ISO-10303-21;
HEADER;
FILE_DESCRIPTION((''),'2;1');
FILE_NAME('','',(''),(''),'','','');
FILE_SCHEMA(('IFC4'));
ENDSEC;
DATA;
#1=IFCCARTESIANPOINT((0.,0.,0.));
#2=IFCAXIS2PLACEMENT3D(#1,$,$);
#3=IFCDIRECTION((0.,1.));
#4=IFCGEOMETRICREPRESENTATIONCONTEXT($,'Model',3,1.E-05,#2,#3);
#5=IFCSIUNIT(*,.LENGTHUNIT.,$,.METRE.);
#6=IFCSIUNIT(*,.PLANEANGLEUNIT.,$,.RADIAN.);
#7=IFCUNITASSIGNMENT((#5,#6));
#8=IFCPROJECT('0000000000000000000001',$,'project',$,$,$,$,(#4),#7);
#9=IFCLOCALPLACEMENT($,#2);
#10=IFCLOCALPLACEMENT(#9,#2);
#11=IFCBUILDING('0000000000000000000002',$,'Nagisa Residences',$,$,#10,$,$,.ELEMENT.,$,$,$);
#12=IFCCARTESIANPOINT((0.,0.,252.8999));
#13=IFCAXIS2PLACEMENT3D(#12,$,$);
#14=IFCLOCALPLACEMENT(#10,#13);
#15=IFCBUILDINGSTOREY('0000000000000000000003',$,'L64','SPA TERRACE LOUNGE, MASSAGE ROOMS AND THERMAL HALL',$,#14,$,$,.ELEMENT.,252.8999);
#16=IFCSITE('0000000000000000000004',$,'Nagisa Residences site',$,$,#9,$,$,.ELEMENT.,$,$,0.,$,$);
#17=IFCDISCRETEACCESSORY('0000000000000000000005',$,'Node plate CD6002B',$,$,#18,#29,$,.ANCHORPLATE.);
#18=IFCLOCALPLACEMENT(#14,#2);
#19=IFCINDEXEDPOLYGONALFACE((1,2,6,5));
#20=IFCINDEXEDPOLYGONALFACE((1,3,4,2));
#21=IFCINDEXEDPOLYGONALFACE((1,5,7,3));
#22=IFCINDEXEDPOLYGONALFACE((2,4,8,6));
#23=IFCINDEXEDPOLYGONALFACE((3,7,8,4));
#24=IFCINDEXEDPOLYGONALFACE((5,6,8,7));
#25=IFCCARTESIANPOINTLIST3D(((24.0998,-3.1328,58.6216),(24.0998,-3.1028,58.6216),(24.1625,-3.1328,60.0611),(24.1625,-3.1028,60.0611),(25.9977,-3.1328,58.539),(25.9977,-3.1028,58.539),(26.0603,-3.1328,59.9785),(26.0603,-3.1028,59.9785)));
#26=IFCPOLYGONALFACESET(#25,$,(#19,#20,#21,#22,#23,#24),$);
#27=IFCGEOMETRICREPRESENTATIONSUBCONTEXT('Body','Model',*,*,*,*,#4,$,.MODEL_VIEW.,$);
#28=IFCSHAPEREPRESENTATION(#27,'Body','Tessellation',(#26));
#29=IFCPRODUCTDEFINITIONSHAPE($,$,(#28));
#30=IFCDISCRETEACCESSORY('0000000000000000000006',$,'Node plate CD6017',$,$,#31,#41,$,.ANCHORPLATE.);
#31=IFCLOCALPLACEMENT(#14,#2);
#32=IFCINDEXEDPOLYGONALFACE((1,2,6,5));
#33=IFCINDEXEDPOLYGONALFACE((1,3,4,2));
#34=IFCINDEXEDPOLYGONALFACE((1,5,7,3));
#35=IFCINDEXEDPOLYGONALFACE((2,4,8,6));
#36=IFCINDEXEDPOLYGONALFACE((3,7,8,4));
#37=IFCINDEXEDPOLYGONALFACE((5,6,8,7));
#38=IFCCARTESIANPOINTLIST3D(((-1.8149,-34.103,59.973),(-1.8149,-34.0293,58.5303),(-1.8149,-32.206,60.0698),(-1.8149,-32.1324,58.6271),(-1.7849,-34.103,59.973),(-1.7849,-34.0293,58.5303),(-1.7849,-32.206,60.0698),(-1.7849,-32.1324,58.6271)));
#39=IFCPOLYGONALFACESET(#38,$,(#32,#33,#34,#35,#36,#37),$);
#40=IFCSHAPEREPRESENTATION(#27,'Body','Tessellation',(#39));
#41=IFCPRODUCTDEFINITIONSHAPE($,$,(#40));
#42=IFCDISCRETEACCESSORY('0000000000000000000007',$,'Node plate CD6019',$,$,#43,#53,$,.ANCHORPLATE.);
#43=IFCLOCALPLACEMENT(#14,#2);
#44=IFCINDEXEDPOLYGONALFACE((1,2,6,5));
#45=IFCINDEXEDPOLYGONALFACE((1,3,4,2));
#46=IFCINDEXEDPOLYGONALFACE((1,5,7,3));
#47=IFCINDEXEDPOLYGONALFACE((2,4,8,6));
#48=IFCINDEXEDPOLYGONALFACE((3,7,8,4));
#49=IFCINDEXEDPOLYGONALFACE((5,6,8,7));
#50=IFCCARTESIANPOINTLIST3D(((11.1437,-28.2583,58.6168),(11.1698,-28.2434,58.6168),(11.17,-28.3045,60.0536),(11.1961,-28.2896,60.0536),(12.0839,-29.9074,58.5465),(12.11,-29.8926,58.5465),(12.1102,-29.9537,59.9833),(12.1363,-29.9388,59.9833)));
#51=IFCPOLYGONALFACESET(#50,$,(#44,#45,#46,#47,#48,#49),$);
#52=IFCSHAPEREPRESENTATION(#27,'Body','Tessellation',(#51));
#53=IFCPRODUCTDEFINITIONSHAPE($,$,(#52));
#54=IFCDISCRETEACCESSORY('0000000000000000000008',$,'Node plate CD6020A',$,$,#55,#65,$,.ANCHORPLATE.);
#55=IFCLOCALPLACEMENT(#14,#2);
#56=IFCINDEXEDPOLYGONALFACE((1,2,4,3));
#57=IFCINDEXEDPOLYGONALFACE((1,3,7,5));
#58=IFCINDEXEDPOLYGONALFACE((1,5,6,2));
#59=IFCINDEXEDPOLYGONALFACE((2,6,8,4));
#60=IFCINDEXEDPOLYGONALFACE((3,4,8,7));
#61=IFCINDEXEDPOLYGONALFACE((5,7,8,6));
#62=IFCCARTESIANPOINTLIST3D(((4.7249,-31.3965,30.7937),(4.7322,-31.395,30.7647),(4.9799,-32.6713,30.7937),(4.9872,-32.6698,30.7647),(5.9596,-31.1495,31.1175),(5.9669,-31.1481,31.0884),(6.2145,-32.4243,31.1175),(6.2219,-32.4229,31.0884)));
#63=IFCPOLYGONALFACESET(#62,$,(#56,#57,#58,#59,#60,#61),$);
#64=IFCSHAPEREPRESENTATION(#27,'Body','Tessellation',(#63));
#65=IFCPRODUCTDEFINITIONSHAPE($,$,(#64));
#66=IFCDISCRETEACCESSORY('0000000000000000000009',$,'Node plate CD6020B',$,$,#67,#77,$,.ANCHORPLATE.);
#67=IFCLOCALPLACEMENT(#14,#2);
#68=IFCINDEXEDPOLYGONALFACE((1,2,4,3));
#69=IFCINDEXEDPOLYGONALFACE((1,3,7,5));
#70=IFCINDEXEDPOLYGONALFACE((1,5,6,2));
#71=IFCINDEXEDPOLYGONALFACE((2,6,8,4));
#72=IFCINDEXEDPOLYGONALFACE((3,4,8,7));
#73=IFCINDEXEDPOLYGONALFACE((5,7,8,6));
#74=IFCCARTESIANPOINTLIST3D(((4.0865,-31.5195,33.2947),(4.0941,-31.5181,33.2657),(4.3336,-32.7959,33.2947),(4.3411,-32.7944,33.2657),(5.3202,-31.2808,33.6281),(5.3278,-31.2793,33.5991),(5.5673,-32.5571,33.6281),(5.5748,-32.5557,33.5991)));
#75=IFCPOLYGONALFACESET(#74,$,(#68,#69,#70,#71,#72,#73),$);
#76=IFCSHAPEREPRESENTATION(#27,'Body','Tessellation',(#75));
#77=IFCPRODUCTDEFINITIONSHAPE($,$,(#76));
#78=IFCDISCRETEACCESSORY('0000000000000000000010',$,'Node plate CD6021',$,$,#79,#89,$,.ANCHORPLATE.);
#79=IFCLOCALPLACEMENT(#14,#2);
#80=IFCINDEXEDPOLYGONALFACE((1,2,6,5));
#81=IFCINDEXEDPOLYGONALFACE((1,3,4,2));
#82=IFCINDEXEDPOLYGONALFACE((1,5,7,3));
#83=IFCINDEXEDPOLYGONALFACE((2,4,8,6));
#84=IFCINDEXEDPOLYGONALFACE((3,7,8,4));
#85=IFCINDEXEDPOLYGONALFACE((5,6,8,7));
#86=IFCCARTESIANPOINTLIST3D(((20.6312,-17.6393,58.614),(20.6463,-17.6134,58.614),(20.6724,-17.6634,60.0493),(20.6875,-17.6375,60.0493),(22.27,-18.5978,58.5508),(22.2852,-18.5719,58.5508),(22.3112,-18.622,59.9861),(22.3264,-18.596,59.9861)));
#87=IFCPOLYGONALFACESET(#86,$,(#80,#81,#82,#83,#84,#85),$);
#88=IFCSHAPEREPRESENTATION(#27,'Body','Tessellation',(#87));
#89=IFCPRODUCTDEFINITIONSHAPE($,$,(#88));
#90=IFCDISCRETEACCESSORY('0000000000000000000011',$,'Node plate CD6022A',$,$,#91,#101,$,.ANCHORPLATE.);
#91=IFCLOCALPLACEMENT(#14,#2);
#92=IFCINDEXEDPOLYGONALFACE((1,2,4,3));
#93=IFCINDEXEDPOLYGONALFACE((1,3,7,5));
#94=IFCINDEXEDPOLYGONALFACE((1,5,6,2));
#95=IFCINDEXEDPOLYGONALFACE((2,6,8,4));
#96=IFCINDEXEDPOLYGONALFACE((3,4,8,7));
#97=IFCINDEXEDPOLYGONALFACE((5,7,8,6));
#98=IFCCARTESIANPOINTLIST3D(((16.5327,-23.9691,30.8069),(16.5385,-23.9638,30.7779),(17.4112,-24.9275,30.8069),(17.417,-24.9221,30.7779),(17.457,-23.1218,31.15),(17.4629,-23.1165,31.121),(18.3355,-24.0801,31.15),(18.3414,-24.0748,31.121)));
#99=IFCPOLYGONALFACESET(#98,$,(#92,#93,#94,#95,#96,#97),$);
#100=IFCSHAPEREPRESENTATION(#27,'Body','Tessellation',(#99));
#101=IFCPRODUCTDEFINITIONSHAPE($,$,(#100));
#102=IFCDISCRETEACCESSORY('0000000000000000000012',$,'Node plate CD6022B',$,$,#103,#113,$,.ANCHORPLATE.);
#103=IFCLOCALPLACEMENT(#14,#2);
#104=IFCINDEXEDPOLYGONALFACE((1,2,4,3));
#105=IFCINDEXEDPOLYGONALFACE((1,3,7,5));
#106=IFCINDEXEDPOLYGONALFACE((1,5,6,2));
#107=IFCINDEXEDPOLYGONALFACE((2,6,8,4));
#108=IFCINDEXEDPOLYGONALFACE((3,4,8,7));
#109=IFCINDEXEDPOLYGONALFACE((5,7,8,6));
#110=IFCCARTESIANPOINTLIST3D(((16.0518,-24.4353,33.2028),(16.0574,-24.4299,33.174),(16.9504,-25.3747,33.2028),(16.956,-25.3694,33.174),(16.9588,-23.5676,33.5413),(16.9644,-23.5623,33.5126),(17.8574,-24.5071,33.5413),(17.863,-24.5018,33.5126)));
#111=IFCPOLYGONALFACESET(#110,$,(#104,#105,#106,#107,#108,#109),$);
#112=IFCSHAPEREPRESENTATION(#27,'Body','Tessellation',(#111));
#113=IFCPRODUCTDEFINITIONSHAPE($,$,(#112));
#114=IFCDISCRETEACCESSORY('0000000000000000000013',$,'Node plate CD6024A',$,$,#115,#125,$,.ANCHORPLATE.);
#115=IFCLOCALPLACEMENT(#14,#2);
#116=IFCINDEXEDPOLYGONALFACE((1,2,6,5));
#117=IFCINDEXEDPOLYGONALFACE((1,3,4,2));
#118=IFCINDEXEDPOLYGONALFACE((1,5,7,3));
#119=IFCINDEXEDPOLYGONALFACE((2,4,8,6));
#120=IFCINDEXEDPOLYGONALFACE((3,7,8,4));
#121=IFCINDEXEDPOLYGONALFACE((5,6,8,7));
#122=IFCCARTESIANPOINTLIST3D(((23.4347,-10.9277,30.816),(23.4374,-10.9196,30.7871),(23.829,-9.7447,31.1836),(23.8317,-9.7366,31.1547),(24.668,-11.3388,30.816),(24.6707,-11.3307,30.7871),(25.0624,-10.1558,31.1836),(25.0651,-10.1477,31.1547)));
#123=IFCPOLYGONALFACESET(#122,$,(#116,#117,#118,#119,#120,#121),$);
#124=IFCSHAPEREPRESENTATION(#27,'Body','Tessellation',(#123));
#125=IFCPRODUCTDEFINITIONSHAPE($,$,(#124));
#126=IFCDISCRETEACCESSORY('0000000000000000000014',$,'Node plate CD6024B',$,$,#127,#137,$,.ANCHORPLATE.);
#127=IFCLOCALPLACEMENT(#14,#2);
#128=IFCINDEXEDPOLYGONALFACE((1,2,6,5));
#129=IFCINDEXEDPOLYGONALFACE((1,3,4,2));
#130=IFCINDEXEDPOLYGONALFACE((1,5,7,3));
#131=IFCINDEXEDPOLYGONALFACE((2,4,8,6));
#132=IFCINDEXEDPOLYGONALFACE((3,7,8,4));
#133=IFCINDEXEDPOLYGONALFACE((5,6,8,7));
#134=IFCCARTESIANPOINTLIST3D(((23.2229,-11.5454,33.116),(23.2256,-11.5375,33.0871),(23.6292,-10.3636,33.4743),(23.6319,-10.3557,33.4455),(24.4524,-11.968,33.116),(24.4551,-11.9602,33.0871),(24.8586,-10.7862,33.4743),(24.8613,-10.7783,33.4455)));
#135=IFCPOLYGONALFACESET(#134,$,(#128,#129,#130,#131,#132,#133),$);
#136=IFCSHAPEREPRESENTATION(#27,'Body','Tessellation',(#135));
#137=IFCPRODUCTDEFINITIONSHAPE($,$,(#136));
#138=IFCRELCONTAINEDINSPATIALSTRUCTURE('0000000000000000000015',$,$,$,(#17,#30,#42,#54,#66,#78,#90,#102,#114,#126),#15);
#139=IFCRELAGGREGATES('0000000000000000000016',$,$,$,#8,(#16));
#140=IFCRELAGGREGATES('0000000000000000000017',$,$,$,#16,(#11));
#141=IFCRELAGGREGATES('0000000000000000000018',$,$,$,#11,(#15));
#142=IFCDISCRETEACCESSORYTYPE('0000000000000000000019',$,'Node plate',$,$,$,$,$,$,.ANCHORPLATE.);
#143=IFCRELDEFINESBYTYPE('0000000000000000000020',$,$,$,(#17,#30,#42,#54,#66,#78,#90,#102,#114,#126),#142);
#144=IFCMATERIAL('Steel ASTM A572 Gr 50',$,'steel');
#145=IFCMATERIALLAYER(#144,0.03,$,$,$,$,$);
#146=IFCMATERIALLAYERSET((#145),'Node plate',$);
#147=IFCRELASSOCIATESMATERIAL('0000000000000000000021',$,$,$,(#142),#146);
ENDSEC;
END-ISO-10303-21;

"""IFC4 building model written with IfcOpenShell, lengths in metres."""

from ifc_helpers import new_model, si_unit, direction, frame, origin, origin_2d, place, context, subcontext, project, spatial, rectangle, extrude, material, layer, layer_set, type_object, element, save


model = new_model("IFC4")

# Units and contexts
model_context = context("Model", 3, precision=1e-05, world=origin(), true_north=direction((0.0, 1.0)))
body_context = subcontext(model_context, "Body", "Model", "MODEL_VIEW")
ifc_project = project(units=[si_unit("LENGTHUNIT", "METRE"), si_unit("PLANEANGLEUNIT", "RADIAN")], contexts=[model_context])

# Site, building, storey
site_placement = place(None, origin())
site = spatial("IfcSite", under=ifc_project, at=site_placement, Name="Nagisa Residences site", CompositionType="ELEMENT", RefElevation=0.0)
building_placement = place(site_placement, origin())
building = spatial("IfcBuilding", under=site, at=building_placement, Name="Nagisa Residences", CompositionType="ELEMENT")
storey_placement = place(building_placement, frame((0.0, 0.0, 252.8999)))
storey = spatial("IfcBuildingStorey", under=building, at=storey_placement, Name="L64", Description="SPA TERRACE LOUNGE, MASSAGE ROOMS AND THERMAL HALL", CompositionType="ELEMENT", Elevation=252.8999)

# Discrete accessories
ifc_material_1 = material(Name="Steel ASTM A572 Gr 50", Category="steel")
ifc_layer = layer(ifc_material_1, 0.03)
ifc_layer_set = layer_set([ifc_layer], Name="Node plate")
discrete_accessory_type = type_object("IfcDiscreteAccessoryType", Name="Node plate", PredefinedType="ANCHORPLATE", material=ifc_layer_set)
discrete_accessory_1_placement = place(storey_placement, frame((25.0801, -3.1328, 59.3), z_axis=(0.0, 1.0, 0.0), x_axis=(-0.043501, 0.0, -0.999053)))
element("IfcDiscreteAccessory", 1, at=discrete_accessory_1_placement, inside=storey, type_object=discrete_accessory_type, Name="Node plate CD6002B", PredefinedType="ANCHORPLATE", context=body_context, shape_type="SweptSolid", body=[
    extrude(rectangle(XDim=1.4409, YDim=1.8997, at=origin_2d()), origin(), (0.0, 0.0, 1.0), 0.03),
])
discrete_accessory_2_placement = place(storey_placement, frame((-1.8149, -33.1177, 59.3), z_axis=(1.0, 0.0, 0.0), x_axis=(0.0, 0.050994, -0.998699)))
element("IfcDiscreteAccessory", 2, at=discrete_accessory_2_placement, inside=storey, type_object=discrete_accessory_type, Name="Node plate CD6017", PredefinedType="ANCHORPLATE", context=body_context, shape_type="SweptSolid", body=[
    extrude(rectangle(XDim=1.4446, YDim=1.8994, at=origin_2d()), origin(), (0.0, 0.0, 1.0), 0.03),
])
discrete_accessory_3_placement = place(storey_placement, frame((11.627, -29.106, 59.3), z_axis=(0.868742, 0.495264, 0.0), x_axis=(-0.018329, 0.03215, -0.999315)))
element("IfcDiscreteAccessory", 3, at=discrete_accessory_3_placement, inside=storey, type_object=discrete_accessory_type, Name="Node plate CD6019", PredefinedType="ANCHORPLATE", context=body_context, shape_type="SweptSolid", body=[
    extrude(rectangle(XDim=1.4377, YDim=1.8997, at=origin_2d()), origin(), (0.0, 0.0, 1.0), 0.03),
])
for number, where, z_axis, x_axis, name in (
    (4, (5.4771, -31.9089, 30.9265), (-0.244161, -0.048832, 0.968504), (0.196116, -0.980581, 0.0), "Node plate CD6020A"),
    (5, (4.8269, -32.0383, 33.4614), (0.251791, 0.048734, -0.966554), (-0.190022, 0.98178, 0.0), "Node plate CD6020B"),
):
    element("IfcDiscreteAccessory", number, at=place(storey_placement, frame(where, z_axis=z_axis, x_axis=x_axis)), inside=storey, type_object=discrete_accessory_type, Name=name, PredefinedType="ANCHORPLATE", context=body_context, shape_type="SweptSolid", body=[
        extrude(rectangle(XDim=1.3, YDim=1.3, at=origin_2d()), origin(), (0.0, 0.0, 1.0), 0.03),
    ])
discrete_accessory_4_placement = place(storey_placement, frame((21.4712, -18.1306, 59.3), z_axis=(0.504883, 0.863188, 0.0), x_axis=(-0.028702, 0.016788, -0.999447)))
element("IfcDiscreteAccessory", 6, at=discrete_accessory_4_placement, inside=storey, type_object=discrete_accessory_type, Name="Node plate CD6021", PredefinedType="ANCHORPLATE", context=body_context, shape_type="SweptSolid", body=[
    extrude(rectangle(XDim=1.436, YDim=1.8997, at=origin_2d()), origin(), (0.0, 0.0, 1.0), 0.03),
])
discrete_accessory_5_placement = place(storey_placement, frame((17.4399, -24.0193, 30.9495), z_axis=(-0.194531, -0.17832, 0.964551), x_axis=(0.675725, -0.737154, 0.0)))
element("IfcDiscreteAccessory", 7, at=discrete_accessory_5_placement, inside=storey, type_object=discrete_accessory_type, Name="Node plate CD6022A", PredefinedType="ANCHORPLATE", context=body_context, shape_type="SweptSolid", body=[
    extrude(rectangle(XDim=1.3, YDim=1.3, at=origin_2d()), origin(), (0.0, 0.0, 1.0), 0.03),
])
discrete_accessory_6_placement = place(storey_placement, frame((16.9546, -24.4712, 33.3721), z_axis=(0.18819, 0.180008, -0.965496), x_axis=(-0.691223, 0.722642, 0.0)))
element("IfcDiscreteAccessory", 8, at=discrete_accessory_6_placement, inside=storey, type_object=discrete_accessory_type, Name="Node plate CD6022B", PredefinedType="ANCHORPLATE", context=body_context, shape_type="SweptSolid", body=[
    extrude(rectangle(XDim=1.3, YDim=1.3, at=origin_2d()), origin(), (0.0, 0.0, 1.0), 0.0298),
])
for number, where, z_axis, x_axis, name in (
    (9, (24.2512, -10.5337, 30.9709), (-0.089416, -0.268248, 0.959191), (0.948683, -0.316228, 0.0), "Node plate CD6024A"),
    (10, (24.0408, -11.1658, 33.2952), (0.089609, 0.26068, -0.961258), (-0.945687, 0.32508, 0.0), "Node plate CD6024B"),
):
    element("IfcDiscreteAccessory", number, at=place(storey_placement, frame(where, z_axis=z_axis, x_axis=x_axis)), inside=storey, type_object=discrete_accessory_type, Name=name, PredefinedType="ANCHORPLATE", context=body_context, shape_type="SweptSolid", body=[
        extrude(rectangle(XDim=1.3, YDim=1.3, at=origin_2d()), origin(), (0.0, 0.0, 1.0), 0.03),
    ])

save(model, "model.ifc")
